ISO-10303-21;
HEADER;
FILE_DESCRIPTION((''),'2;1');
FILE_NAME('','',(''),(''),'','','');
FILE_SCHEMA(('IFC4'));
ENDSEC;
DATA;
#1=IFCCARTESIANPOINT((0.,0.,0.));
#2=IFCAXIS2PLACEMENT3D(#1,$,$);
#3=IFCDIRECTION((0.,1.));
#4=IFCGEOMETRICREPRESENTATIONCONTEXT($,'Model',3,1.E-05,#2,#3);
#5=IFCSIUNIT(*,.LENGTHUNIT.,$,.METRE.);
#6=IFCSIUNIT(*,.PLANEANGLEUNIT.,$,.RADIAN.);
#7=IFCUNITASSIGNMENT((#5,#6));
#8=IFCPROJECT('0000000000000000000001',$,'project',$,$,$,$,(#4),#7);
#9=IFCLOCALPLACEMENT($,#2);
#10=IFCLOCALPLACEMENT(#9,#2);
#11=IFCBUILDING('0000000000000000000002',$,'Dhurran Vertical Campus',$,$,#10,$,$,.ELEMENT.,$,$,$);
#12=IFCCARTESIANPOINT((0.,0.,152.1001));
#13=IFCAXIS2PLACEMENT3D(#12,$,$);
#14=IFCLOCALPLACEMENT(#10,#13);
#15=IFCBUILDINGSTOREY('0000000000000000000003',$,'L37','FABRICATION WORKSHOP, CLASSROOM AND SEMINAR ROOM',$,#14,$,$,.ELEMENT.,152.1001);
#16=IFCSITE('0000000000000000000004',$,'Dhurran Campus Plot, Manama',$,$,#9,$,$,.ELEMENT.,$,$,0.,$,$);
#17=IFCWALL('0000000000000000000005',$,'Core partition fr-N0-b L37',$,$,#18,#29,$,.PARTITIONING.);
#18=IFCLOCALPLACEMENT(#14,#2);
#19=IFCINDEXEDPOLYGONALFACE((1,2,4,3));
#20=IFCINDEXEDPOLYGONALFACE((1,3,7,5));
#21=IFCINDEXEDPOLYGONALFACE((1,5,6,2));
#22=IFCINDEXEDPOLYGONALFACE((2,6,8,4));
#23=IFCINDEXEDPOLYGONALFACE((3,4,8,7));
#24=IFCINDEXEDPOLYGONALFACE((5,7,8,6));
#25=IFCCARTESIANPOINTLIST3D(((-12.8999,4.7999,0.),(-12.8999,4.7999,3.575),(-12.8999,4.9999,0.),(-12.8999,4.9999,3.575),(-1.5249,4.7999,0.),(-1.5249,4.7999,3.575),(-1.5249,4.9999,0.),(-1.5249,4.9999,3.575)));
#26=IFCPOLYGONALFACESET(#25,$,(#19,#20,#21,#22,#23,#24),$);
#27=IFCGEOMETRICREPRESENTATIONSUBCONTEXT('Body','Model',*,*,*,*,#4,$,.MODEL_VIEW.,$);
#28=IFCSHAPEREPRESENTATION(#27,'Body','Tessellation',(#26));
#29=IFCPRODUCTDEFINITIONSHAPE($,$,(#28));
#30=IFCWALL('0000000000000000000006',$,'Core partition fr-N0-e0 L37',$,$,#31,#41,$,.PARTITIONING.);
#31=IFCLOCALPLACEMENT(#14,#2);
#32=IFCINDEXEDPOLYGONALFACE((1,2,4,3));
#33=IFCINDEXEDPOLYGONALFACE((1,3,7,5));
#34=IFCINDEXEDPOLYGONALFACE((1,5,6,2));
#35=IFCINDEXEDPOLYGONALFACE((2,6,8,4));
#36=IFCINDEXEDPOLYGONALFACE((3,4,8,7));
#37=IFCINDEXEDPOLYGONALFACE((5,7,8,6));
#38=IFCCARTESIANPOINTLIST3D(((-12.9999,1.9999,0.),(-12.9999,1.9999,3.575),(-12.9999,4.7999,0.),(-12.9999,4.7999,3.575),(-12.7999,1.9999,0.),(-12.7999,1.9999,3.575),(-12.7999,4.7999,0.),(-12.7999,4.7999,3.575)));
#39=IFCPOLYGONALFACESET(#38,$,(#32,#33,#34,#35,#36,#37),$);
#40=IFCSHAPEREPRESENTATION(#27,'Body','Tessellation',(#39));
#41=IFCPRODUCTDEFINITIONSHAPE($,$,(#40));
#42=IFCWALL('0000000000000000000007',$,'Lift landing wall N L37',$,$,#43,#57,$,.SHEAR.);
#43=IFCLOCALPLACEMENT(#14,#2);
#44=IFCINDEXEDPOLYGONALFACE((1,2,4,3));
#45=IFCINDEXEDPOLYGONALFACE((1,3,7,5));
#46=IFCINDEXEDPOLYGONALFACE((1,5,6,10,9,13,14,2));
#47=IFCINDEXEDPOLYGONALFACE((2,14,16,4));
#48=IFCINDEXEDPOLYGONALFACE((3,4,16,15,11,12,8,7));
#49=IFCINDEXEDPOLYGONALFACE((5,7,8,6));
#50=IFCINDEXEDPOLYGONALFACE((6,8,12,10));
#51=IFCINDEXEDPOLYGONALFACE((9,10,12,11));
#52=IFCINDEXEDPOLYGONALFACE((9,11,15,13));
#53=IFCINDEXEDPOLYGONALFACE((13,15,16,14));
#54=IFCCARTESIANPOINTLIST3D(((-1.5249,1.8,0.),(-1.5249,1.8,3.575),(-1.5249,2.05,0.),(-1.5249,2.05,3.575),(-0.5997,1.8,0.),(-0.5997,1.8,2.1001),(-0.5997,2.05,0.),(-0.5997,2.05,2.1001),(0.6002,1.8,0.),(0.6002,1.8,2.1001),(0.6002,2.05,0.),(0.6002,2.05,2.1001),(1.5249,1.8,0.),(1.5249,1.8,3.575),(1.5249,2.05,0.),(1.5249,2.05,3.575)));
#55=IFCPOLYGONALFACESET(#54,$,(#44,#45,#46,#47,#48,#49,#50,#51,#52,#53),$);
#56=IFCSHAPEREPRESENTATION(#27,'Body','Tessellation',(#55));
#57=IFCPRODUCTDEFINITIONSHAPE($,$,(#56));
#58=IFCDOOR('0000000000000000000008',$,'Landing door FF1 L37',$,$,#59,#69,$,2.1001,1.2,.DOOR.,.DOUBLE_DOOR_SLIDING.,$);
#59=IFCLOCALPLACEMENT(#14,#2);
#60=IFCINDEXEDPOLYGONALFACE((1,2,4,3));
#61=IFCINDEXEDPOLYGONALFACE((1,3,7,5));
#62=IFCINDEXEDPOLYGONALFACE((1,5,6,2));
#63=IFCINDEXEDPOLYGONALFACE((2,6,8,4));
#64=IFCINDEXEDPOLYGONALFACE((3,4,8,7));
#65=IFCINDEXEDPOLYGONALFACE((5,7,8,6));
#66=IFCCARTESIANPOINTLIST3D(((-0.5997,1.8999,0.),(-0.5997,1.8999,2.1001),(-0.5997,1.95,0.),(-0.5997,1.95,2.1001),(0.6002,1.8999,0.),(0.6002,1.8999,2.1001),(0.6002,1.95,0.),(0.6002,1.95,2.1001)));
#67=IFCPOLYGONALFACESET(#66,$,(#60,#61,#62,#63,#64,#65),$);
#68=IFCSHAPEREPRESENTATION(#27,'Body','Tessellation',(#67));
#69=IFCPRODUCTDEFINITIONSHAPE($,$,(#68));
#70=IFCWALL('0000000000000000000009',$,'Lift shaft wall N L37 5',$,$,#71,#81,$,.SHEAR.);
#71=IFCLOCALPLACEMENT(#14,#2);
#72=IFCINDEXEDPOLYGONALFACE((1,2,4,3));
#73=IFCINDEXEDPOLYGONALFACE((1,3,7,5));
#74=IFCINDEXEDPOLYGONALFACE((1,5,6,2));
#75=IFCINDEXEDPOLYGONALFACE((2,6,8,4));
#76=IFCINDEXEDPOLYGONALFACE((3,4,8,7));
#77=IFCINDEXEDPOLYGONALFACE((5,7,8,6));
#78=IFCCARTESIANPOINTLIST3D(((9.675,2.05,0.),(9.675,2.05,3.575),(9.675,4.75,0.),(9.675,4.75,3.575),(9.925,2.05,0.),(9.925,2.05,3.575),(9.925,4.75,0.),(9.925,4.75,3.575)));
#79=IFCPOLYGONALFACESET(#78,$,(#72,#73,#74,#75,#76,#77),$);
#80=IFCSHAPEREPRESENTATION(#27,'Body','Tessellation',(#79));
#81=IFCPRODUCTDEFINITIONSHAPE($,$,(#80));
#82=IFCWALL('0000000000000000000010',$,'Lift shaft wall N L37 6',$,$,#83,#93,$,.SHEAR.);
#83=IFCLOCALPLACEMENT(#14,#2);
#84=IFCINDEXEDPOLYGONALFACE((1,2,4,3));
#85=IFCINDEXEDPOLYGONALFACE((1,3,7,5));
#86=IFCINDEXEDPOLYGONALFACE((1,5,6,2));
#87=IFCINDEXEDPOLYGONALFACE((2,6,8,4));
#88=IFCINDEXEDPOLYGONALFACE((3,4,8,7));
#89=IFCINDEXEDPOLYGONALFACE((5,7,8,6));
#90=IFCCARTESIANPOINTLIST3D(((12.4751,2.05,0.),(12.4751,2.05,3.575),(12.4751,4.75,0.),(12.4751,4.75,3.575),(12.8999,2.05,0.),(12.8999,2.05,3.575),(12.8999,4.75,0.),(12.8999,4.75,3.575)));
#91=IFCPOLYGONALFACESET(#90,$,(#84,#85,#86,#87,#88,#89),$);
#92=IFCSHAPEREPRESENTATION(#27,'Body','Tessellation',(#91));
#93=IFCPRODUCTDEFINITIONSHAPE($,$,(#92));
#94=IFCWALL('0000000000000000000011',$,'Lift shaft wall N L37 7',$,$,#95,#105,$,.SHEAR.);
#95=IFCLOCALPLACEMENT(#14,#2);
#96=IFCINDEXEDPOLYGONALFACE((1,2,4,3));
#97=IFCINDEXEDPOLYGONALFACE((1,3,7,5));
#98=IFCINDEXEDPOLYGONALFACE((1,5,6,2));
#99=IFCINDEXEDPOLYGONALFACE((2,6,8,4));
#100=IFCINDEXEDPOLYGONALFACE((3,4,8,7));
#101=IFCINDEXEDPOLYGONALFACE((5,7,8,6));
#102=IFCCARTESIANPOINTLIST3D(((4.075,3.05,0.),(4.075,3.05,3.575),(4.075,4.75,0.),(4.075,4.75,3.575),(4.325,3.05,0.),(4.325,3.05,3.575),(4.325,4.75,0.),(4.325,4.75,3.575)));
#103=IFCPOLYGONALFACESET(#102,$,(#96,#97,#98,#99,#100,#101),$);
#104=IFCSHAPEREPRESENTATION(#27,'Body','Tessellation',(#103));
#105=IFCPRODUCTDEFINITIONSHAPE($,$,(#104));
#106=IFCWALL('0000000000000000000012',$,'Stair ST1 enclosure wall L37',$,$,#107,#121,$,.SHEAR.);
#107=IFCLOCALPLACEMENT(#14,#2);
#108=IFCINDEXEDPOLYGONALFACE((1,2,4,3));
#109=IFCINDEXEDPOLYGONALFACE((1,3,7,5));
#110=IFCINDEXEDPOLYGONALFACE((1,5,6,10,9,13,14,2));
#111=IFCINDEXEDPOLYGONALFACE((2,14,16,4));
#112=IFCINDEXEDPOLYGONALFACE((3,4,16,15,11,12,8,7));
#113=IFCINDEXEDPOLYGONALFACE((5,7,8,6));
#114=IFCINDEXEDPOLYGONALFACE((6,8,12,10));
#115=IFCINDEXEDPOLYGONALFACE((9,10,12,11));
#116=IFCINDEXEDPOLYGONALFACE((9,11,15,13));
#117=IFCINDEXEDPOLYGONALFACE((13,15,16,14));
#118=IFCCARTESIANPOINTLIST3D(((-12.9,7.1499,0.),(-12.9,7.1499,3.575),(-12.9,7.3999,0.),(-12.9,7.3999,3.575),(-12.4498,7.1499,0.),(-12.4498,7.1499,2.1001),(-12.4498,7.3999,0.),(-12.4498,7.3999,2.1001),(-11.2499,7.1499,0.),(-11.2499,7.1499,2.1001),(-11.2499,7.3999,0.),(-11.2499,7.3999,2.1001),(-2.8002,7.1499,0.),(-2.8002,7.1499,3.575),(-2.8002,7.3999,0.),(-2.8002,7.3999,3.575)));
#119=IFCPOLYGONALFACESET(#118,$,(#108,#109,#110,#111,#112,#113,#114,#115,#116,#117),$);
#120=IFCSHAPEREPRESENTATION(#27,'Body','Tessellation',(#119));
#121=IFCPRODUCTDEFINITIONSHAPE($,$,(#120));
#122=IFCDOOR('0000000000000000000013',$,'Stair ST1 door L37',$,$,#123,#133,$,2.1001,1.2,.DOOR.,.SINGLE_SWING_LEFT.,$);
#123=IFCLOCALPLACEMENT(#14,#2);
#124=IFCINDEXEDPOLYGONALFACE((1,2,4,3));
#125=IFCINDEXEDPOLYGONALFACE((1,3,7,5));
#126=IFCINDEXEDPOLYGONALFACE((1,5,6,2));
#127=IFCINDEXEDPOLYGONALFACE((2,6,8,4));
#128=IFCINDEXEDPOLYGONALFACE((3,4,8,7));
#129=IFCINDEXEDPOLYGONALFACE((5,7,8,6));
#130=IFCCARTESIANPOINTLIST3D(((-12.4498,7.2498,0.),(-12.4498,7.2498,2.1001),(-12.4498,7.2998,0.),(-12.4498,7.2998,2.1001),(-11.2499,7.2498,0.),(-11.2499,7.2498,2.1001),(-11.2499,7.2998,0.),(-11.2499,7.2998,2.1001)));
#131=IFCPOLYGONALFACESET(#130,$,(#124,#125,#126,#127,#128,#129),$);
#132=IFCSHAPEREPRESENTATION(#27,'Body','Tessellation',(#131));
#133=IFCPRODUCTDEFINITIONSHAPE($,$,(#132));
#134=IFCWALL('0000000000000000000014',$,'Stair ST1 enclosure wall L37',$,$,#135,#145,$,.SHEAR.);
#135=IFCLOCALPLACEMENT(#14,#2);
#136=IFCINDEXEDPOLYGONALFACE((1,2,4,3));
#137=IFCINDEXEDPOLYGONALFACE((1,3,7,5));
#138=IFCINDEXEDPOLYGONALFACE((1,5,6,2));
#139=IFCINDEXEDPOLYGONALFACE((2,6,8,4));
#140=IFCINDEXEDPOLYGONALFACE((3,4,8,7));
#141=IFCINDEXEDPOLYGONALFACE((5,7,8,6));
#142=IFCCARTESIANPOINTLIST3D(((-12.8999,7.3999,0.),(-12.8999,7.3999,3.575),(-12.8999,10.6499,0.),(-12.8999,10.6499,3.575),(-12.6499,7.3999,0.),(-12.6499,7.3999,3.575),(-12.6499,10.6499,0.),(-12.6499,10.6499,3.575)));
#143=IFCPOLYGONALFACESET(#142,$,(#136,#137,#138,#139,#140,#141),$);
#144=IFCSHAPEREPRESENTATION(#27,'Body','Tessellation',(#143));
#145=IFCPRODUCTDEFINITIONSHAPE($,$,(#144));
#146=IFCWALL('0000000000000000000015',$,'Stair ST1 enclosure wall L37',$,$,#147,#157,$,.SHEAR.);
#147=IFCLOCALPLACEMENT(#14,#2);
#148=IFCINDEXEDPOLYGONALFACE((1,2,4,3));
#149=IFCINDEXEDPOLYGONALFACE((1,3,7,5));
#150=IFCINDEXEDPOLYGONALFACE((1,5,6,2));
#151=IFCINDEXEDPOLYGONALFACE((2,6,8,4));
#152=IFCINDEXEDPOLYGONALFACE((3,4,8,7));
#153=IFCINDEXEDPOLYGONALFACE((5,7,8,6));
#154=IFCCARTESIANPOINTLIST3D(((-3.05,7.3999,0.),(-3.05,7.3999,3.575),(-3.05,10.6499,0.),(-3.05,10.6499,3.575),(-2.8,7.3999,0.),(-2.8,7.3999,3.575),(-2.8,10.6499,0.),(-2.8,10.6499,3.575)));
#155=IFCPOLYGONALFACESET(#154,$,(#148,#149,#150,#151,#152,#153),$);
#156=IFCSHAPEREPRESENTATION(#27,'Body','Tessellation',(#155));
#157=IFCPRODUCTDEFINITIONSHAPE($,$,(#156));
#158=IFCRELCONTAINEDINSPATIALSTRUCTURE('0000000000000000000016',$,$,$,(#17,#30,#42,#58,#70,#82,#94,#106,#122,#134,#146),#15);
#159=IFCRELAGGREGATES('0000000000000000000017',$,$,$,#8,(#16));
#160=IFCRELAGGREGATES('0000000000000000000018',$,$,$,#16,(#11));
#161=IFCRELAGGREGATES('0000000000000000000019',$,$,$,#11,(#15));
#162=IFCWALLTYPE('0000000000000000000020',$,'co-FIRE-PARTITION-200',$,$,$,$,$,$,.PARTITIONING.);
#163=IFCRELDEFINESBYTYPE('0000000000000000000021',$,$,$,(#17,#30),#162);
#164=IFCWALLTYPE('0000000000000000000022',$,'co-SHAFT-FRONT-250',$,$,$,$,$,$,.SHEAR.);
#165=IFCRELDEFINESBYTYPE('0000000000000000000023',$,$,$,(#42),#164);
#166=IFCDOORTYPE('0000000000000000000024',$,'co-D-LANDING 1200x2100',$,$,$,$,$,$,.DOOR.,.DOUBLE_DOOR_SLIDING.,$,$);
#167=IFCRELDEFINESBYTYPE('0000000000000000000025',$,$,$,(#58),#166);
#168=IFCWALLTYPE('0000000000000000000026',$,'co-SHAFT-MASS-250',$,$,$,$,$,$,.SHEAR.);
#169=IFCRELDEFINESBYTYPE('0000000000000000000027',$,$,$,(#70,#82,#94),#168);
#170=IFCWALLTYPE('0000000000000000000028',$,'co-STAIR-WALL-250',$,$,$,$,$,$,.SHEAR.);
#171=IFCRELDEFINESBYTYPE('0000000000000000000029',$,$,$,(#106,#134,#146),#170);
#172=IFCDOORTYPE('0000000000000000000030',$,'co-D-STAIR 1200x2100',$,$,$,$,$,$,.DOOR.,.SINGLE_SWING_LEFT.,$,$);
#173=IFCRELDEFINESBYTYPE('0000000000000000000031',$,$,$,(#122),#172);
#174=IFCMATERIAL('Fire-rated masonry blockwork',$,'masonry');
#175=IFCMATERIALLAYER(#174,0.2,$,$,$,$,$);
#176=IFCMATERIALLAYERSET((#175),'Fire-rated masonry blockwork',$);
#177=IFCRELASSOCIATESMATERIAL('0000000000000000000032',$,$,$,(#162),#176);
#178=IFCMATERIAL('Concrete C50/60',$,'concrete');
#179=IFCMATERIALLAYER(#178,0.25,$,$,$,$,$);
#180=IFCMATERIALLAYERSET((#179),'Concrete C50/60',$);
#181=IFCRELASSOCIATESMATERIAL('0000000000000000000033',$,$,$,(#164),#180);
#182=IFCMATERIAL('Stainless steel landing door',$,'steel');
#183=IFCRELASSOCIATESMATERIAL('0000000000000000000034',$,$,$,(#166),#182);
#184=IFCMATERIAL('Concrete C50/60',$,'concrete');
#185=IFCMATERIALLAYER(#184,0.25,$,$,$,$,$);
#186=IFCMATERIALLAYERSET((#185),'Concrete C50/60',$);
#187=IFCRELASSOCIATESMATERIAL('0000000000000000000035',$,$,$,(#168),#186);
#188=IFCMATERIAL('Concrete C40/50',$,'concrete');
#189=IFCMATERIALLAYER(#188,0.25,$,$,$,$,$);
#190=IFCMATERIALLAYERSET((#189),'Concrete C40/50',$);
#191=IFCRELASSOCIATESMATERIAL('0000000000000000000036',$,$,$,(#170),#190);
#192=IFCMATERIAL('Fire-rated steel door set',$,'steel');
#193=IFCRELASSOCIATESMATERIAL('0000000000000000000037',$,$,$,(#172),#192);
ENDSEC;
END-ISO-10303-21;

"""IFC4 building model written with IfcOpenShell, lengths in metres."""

from ifc_helpers import new_model, si_unit, direction, frame, frame_2d, origin, place, context, subcontext, project, spatial, polyline, rectangle, outline, extrude, material, layer, layer_set, type_object, element, fill, save


model = new_model("IFC4")

# Units and contexts
model_context = context("Model", 3, precision=1e-05, world=origin(), true_north=direction((0.0, 1.0)))
body_context = subcontext(model_context, "Body", "Model", "MODEL_VIEW")
ifc_project = project(units=[si_unit("LENGTHUNIT", "METRE"), si_unit("PLANEANGLEUNIT", "RADIAN")], contexts=[model_context])

# Site, building, storey
site_placement = place(None, origin())
site = spatial("IfcSite", under=ifc_project, at=site_placement, Name="Dhurran Campus Plot, Manama", CompositionType="ELEMENT", RefElevation=0.0)
building_placement = place(site_placement, origin())
building = spatial("IfcBuilding", under=site, at=building_placement, Name="Dhurran Vertical Campus", CompositionType="ELEMENT")
storey_placement = place(building_placement, frame((0.0, 0.0, 152.1001)))
storey = spatial("IfcBuildingStorey", under=building, at=storey_placement, Name="L37", Description="FABRICATION WORKSHOP, CLASSROOM AND SEMINAR ROOM", CompositionType="ELEMENT", Elevation=152.1001)

# Shared definitions
ifc_material_1 = material(Name="Fire-rated masonry blockwork", Category="masonry")
ifc_layer_1 = layer(ifc_material_1, 0.2)
ifc_layer_set_1 = layer_set([ifc_layer_1], Name="Fire-rated masonry blockwork")
wall_type_1 = type_object("IfcWallType", Name="co-FIRE-PARTITION-200", PredefinedType="PARTITIONING", material=ifc_layer_set_1)

# Walls
wall_1_placement = place(storey_placement, frame((-12.8999, 4.8999, 0.0), z_axis=(0.0, 0.0, 1.0), x_axis=(1.0, 0.0, 0.0)))
element("IfcWall", 1, at=wall_1_placement, inside=storey, type_object=wall_type_1, Name="Core partition fr-N0-b L37", PredefinedType="PARTITIONING", context=body_context, shape_type="SweptSolid", body=[
    extrude(rectangle(XDim=11.375, YDim=0.2, at=frame_2d((5.6875, 0.0))), origin(), (0.0, 0.0, 1.0), 3.575),
])
wall_2_placement = place(storey_placement, frame((-12.8999, 2.0, 0.0), z_axis=(0.0, 0.0, 1.0), x_axis=(0.0, 1.0, 0.0)))
element("IfcWall", 2, at=wall_2_placement, inside=storey, type_object=wall_type_1, Name="Core partition fr-N0-e0 L37", PredefinedType="PARTITIONING", context=body_context, shape_type="SweptSolid", body=[
    extrude(rectangle(XDim=2.8, YDim=0.2, at=frame_2d((1.3999, 0.0))), origin(), (0.0, 0.0, 1.0), 3.575),
])

# Wall, opening, door
ifc_material_2 = material(Name="Concrete C50/60", Category="concrete")
ifc_layer_2 = layer(ifc_material_2, 0.25)
ifc_layer_set_2 = layer_set([ifc_layer_2], Name="Concrete C50/60")
wall_type_2 = type_object("IfcWallType", Name="co-SHAFT-FRONT-250", PredefinedType="SHEAR", material=ifc_layer_set_2)
wall_3_placement = place(storey_placement, frame((-1.5249, 1.925, 0.0), z_axis=(0.0, 0.0, 1.0), x_axis=(1.0, 0.0, 0.0)))
wall_3 = element("IfcWall", 3, at=wall_3_placement, inside=storey, type_object=wall_type_2, Name="Lift landing wall N L37", PredefinedType="SHEAR", context=body_context, shape_type="SweptSolid", body=[
    extrude(rectangle(XDim=3.0498, YDim=0.25, at=frame_2d((1.5249, 0.0))), origin(), (0.0, 0.0, 1.0), 3.575),
])
opening_1_placement = place(wall_3_placement, frame((0.925, 0.0, 0.0)))
opening_1 = element("IfcOpeningElement", 4, at=opening_1_placement, cuts=wall_3, PredefinedType="OPENING", context=body_context, shape_type="SweptSolid", body=[
    extrude(rectangle(XDim=1.2, YDim=2.1001, at=frame_2d((0.6001, 1.05))), frame((0.0, 0.135, 0.0), z_axis=(0.0, -1.0, 0.0), x_axis=(1.0, 0.0, 0.0)), (0.0, 0.0, 1.0), 0.27),
])
ifc_material_3 = material(Name="Stainless steel landing door", Category="steel")
door_type_1 = type_object("IfcDoorType", Name="co-D-LANDING 1200x2100", OperationType="DOUBLE_DOOR_SLIDING", PredefinedType="DOOR", material=ifc_material_3)
door_1_placement = place(opening_1_placement, origin())
door_1 = element("IfcDoor", 5, at=door_1_placement, inside=storey, type_object=door_type_1, Name="Landing door FF1 L37", OperationType="DOUBLE_DOOR_SLIDING", OverallHeight=2.1001, OverallWidth=1.2, PredefinedType="DOOR", context=body_context, shape_type="SweptSolid", body=[
    extrude(rectangle(XDim=1.2, YDim=2.1001, at=frame_2d((0.6001, 1.05))), frame((0.0, 0.0249, 0.0), z_axis=(0.0, -1.0, 0.0), x_axis=(1.0, 0.0, 0.0)), (0.0, 0.0, 1.0), 0.05),
])
fill(opening_1, door_1)

# Walls
ifc_material_4 = material(Name="Concrete C50/60", Category="concrete")
ifc_layer_3 = layer(ifc_material_4, 0.25)
ifc_layer_set_3 = layer_set([ifc_layer_3], Name="Concrete C50/60")
wall_type_3 = type_object("IfcWallType", Name="co-SHAFT-MASS-250", PredefinedType="SHEAR", material=ifc_layer_set_3)
wall_4_placement = place(storey_placement, origin())
element("IfcWall", 6, at=wall_4_placement, inside=storey, type_object=wall_type_3, Name="Lift shaft wall N L37 5", PredefinedType="SHEAR", context=body_context, shape_type="SweptSolid", body=[
    extrude(outline(polyline([(9.675, 2.05), (9.925, 2.05), (9.925, 4.75), (9.675, 4.75), (9.675, 2.05)])), origin(), (0.0, 0.0, 1.0), 3.575),
])
wall_5_placement = place(storey_placement, origin())
element("IfcWall", 7, at=wall_5_placement, inside=storey, type_object=wall_type_3, Name="Lift shaft wall N L37 6", PredefinedType="SHEAR", context=body_context, shape_type="SweptSolid", body=[
    extrude(outline(polyline([(12.4751, 2.05), (12.8999, 2.05), (12.8999, 4.75), (12.4751, 4.75), (12.4751, 2.05)])), origin(), (0.0, 0.0, 1.0), 3.575),
])
wall_6_placement = place(storey_placement, origin())
element("IfcWall", 8, at=wall_6_placement, inside=storey, type_object=wall_type_3, Name="Lift shaft wall N L37 7", PredefinedType="SHEAR", context=body_context, shape_type="SweptSolid", body=[
    extrude(outline(polyline([(4.075, 3.05), (4.325, 3.05), (4.325, 4.75), (4.075, 4.75), (4.075, 3.05)])), origin(), (0.0, 0.0, 1.0), 3.575),
])

# Wall, opening, door
ifc_material_5 = material(Name="Concrete C40/50", Category="concrete")
ifc_layer_4 = layer(ifc_material_5, 0.25)
ifc_layer_set_4 = layer_set([ifc_layer_4], Name="Concrete C40/50")
wall_type_4 = type_object("IfcWallType", Name="co-STAIR-WALL-250", PredefinedType="SHEAR", material=ifc_layer_set_4)
wall_7_placement = place(storey_placement, frame((-12.8999, 7.2749, 0.0), z_axis=(0.0, 0.0, 1.0), x_axis=(1.0, 0.0, 0.0)))
wall_7 = element("IfcWall", 9, at=wall_7_placement, inside=storey, type_object=wall_type_4, Name="Stair ST1 enclosure wall L37", PredefinedType="SHEAR", context=body_context, shape_type="SweptSolid", body=[
    extrude(rectangle(XDim=10.0999, YDim=0.25, at=frame_2d((5.0498, 0.0))), origin(), (0.0, 0.0, 1.0), 3.575),
])
opening_2_placement = place(wall_7_placement, frame((0.45, 0.0, 0.0)))
opening_2 = element("IfcOpeningElement", 10, at=opening_2_placement, cuts=wall_7, PredefinedType="OPENING", context=body_context, shape_type="SweptSolid", body=[
    extrude(rectangle(XDim=1.2, YDim=2.1001, at=frame_2d((0.6001, 1.05))), frame((0.0, 0.135, 0.0), z_axis=(0.0, -1.0, 0.0), x_axis=(1.0, 0.0, 0.0)), (0.0, 0.0, 1.0), 0.27),
])
ifc_material_6 = material(Name="Fire-rated steel door set", Category="steel")
door_type_2 = type_object("IfcDoorType", Name="co-D-STAIR 1200x2100", OperationType="SINGLE_SWING_LEFT", PredefinedType="DOOR", material=ifc_material_6)
door_2_placement = place(opening_2_placement, origin())
door_2 = element("IfcDoor", 11, at=door_2_placement, inside=storey, type_object=door_type_2, Name="Stair ST1 door L37", OperationType="SINGLE_SWING_LEFT", OverallHeight=2.1001, OverallWidth=1.2, PredefinedType="DOOR", context=body_context, shape_type="SweptSolid", body=[
    extrude(rectangle(XDim=1.2, YDim=2.1001, at=frame_2d((0.6001, 1.05))), frame((0.0, 0.0249, 0.0), z_axis=(0.0, -1.0, 0.0), x_axis=(1.0, 0.0, 0.0)), (0.0, 0.0, 1.0), 0.05),
])
fill(opening_2, door_2)

# Walls
for number, where, z_axis, x_axis, name in (
    (12, (-12.7749, 7.3999, 0.0), (0.0, 0.0, 1.0), (0.0, 1.0, 0.0), "Stair ST1 enclosure wall L37"),
    (13, (-2.925, 7.3999, 0.0), (0.0, 0.0, 1.0), (0.0, 1.0, 0.0), "Stair ST1 enclosure wall L37"),
):
    element("IfcWall", number, at=place(storey_placement, frame(where, z_axis=z_axis, x_axis=x_axis)), inside=storey, type_object=wall_type_4, Name=name, PredefinedType="SHEAR", context=body_context, shape_type="SweptSolid", body=[
        extrude(rectangle(XDim=3.25, YDim=0.25, at=frame_2d((1.625, 0.0))), origin(), (0.0, 0.0, 1.0), 3.575),
    ])

save(model, "model.ifc")
